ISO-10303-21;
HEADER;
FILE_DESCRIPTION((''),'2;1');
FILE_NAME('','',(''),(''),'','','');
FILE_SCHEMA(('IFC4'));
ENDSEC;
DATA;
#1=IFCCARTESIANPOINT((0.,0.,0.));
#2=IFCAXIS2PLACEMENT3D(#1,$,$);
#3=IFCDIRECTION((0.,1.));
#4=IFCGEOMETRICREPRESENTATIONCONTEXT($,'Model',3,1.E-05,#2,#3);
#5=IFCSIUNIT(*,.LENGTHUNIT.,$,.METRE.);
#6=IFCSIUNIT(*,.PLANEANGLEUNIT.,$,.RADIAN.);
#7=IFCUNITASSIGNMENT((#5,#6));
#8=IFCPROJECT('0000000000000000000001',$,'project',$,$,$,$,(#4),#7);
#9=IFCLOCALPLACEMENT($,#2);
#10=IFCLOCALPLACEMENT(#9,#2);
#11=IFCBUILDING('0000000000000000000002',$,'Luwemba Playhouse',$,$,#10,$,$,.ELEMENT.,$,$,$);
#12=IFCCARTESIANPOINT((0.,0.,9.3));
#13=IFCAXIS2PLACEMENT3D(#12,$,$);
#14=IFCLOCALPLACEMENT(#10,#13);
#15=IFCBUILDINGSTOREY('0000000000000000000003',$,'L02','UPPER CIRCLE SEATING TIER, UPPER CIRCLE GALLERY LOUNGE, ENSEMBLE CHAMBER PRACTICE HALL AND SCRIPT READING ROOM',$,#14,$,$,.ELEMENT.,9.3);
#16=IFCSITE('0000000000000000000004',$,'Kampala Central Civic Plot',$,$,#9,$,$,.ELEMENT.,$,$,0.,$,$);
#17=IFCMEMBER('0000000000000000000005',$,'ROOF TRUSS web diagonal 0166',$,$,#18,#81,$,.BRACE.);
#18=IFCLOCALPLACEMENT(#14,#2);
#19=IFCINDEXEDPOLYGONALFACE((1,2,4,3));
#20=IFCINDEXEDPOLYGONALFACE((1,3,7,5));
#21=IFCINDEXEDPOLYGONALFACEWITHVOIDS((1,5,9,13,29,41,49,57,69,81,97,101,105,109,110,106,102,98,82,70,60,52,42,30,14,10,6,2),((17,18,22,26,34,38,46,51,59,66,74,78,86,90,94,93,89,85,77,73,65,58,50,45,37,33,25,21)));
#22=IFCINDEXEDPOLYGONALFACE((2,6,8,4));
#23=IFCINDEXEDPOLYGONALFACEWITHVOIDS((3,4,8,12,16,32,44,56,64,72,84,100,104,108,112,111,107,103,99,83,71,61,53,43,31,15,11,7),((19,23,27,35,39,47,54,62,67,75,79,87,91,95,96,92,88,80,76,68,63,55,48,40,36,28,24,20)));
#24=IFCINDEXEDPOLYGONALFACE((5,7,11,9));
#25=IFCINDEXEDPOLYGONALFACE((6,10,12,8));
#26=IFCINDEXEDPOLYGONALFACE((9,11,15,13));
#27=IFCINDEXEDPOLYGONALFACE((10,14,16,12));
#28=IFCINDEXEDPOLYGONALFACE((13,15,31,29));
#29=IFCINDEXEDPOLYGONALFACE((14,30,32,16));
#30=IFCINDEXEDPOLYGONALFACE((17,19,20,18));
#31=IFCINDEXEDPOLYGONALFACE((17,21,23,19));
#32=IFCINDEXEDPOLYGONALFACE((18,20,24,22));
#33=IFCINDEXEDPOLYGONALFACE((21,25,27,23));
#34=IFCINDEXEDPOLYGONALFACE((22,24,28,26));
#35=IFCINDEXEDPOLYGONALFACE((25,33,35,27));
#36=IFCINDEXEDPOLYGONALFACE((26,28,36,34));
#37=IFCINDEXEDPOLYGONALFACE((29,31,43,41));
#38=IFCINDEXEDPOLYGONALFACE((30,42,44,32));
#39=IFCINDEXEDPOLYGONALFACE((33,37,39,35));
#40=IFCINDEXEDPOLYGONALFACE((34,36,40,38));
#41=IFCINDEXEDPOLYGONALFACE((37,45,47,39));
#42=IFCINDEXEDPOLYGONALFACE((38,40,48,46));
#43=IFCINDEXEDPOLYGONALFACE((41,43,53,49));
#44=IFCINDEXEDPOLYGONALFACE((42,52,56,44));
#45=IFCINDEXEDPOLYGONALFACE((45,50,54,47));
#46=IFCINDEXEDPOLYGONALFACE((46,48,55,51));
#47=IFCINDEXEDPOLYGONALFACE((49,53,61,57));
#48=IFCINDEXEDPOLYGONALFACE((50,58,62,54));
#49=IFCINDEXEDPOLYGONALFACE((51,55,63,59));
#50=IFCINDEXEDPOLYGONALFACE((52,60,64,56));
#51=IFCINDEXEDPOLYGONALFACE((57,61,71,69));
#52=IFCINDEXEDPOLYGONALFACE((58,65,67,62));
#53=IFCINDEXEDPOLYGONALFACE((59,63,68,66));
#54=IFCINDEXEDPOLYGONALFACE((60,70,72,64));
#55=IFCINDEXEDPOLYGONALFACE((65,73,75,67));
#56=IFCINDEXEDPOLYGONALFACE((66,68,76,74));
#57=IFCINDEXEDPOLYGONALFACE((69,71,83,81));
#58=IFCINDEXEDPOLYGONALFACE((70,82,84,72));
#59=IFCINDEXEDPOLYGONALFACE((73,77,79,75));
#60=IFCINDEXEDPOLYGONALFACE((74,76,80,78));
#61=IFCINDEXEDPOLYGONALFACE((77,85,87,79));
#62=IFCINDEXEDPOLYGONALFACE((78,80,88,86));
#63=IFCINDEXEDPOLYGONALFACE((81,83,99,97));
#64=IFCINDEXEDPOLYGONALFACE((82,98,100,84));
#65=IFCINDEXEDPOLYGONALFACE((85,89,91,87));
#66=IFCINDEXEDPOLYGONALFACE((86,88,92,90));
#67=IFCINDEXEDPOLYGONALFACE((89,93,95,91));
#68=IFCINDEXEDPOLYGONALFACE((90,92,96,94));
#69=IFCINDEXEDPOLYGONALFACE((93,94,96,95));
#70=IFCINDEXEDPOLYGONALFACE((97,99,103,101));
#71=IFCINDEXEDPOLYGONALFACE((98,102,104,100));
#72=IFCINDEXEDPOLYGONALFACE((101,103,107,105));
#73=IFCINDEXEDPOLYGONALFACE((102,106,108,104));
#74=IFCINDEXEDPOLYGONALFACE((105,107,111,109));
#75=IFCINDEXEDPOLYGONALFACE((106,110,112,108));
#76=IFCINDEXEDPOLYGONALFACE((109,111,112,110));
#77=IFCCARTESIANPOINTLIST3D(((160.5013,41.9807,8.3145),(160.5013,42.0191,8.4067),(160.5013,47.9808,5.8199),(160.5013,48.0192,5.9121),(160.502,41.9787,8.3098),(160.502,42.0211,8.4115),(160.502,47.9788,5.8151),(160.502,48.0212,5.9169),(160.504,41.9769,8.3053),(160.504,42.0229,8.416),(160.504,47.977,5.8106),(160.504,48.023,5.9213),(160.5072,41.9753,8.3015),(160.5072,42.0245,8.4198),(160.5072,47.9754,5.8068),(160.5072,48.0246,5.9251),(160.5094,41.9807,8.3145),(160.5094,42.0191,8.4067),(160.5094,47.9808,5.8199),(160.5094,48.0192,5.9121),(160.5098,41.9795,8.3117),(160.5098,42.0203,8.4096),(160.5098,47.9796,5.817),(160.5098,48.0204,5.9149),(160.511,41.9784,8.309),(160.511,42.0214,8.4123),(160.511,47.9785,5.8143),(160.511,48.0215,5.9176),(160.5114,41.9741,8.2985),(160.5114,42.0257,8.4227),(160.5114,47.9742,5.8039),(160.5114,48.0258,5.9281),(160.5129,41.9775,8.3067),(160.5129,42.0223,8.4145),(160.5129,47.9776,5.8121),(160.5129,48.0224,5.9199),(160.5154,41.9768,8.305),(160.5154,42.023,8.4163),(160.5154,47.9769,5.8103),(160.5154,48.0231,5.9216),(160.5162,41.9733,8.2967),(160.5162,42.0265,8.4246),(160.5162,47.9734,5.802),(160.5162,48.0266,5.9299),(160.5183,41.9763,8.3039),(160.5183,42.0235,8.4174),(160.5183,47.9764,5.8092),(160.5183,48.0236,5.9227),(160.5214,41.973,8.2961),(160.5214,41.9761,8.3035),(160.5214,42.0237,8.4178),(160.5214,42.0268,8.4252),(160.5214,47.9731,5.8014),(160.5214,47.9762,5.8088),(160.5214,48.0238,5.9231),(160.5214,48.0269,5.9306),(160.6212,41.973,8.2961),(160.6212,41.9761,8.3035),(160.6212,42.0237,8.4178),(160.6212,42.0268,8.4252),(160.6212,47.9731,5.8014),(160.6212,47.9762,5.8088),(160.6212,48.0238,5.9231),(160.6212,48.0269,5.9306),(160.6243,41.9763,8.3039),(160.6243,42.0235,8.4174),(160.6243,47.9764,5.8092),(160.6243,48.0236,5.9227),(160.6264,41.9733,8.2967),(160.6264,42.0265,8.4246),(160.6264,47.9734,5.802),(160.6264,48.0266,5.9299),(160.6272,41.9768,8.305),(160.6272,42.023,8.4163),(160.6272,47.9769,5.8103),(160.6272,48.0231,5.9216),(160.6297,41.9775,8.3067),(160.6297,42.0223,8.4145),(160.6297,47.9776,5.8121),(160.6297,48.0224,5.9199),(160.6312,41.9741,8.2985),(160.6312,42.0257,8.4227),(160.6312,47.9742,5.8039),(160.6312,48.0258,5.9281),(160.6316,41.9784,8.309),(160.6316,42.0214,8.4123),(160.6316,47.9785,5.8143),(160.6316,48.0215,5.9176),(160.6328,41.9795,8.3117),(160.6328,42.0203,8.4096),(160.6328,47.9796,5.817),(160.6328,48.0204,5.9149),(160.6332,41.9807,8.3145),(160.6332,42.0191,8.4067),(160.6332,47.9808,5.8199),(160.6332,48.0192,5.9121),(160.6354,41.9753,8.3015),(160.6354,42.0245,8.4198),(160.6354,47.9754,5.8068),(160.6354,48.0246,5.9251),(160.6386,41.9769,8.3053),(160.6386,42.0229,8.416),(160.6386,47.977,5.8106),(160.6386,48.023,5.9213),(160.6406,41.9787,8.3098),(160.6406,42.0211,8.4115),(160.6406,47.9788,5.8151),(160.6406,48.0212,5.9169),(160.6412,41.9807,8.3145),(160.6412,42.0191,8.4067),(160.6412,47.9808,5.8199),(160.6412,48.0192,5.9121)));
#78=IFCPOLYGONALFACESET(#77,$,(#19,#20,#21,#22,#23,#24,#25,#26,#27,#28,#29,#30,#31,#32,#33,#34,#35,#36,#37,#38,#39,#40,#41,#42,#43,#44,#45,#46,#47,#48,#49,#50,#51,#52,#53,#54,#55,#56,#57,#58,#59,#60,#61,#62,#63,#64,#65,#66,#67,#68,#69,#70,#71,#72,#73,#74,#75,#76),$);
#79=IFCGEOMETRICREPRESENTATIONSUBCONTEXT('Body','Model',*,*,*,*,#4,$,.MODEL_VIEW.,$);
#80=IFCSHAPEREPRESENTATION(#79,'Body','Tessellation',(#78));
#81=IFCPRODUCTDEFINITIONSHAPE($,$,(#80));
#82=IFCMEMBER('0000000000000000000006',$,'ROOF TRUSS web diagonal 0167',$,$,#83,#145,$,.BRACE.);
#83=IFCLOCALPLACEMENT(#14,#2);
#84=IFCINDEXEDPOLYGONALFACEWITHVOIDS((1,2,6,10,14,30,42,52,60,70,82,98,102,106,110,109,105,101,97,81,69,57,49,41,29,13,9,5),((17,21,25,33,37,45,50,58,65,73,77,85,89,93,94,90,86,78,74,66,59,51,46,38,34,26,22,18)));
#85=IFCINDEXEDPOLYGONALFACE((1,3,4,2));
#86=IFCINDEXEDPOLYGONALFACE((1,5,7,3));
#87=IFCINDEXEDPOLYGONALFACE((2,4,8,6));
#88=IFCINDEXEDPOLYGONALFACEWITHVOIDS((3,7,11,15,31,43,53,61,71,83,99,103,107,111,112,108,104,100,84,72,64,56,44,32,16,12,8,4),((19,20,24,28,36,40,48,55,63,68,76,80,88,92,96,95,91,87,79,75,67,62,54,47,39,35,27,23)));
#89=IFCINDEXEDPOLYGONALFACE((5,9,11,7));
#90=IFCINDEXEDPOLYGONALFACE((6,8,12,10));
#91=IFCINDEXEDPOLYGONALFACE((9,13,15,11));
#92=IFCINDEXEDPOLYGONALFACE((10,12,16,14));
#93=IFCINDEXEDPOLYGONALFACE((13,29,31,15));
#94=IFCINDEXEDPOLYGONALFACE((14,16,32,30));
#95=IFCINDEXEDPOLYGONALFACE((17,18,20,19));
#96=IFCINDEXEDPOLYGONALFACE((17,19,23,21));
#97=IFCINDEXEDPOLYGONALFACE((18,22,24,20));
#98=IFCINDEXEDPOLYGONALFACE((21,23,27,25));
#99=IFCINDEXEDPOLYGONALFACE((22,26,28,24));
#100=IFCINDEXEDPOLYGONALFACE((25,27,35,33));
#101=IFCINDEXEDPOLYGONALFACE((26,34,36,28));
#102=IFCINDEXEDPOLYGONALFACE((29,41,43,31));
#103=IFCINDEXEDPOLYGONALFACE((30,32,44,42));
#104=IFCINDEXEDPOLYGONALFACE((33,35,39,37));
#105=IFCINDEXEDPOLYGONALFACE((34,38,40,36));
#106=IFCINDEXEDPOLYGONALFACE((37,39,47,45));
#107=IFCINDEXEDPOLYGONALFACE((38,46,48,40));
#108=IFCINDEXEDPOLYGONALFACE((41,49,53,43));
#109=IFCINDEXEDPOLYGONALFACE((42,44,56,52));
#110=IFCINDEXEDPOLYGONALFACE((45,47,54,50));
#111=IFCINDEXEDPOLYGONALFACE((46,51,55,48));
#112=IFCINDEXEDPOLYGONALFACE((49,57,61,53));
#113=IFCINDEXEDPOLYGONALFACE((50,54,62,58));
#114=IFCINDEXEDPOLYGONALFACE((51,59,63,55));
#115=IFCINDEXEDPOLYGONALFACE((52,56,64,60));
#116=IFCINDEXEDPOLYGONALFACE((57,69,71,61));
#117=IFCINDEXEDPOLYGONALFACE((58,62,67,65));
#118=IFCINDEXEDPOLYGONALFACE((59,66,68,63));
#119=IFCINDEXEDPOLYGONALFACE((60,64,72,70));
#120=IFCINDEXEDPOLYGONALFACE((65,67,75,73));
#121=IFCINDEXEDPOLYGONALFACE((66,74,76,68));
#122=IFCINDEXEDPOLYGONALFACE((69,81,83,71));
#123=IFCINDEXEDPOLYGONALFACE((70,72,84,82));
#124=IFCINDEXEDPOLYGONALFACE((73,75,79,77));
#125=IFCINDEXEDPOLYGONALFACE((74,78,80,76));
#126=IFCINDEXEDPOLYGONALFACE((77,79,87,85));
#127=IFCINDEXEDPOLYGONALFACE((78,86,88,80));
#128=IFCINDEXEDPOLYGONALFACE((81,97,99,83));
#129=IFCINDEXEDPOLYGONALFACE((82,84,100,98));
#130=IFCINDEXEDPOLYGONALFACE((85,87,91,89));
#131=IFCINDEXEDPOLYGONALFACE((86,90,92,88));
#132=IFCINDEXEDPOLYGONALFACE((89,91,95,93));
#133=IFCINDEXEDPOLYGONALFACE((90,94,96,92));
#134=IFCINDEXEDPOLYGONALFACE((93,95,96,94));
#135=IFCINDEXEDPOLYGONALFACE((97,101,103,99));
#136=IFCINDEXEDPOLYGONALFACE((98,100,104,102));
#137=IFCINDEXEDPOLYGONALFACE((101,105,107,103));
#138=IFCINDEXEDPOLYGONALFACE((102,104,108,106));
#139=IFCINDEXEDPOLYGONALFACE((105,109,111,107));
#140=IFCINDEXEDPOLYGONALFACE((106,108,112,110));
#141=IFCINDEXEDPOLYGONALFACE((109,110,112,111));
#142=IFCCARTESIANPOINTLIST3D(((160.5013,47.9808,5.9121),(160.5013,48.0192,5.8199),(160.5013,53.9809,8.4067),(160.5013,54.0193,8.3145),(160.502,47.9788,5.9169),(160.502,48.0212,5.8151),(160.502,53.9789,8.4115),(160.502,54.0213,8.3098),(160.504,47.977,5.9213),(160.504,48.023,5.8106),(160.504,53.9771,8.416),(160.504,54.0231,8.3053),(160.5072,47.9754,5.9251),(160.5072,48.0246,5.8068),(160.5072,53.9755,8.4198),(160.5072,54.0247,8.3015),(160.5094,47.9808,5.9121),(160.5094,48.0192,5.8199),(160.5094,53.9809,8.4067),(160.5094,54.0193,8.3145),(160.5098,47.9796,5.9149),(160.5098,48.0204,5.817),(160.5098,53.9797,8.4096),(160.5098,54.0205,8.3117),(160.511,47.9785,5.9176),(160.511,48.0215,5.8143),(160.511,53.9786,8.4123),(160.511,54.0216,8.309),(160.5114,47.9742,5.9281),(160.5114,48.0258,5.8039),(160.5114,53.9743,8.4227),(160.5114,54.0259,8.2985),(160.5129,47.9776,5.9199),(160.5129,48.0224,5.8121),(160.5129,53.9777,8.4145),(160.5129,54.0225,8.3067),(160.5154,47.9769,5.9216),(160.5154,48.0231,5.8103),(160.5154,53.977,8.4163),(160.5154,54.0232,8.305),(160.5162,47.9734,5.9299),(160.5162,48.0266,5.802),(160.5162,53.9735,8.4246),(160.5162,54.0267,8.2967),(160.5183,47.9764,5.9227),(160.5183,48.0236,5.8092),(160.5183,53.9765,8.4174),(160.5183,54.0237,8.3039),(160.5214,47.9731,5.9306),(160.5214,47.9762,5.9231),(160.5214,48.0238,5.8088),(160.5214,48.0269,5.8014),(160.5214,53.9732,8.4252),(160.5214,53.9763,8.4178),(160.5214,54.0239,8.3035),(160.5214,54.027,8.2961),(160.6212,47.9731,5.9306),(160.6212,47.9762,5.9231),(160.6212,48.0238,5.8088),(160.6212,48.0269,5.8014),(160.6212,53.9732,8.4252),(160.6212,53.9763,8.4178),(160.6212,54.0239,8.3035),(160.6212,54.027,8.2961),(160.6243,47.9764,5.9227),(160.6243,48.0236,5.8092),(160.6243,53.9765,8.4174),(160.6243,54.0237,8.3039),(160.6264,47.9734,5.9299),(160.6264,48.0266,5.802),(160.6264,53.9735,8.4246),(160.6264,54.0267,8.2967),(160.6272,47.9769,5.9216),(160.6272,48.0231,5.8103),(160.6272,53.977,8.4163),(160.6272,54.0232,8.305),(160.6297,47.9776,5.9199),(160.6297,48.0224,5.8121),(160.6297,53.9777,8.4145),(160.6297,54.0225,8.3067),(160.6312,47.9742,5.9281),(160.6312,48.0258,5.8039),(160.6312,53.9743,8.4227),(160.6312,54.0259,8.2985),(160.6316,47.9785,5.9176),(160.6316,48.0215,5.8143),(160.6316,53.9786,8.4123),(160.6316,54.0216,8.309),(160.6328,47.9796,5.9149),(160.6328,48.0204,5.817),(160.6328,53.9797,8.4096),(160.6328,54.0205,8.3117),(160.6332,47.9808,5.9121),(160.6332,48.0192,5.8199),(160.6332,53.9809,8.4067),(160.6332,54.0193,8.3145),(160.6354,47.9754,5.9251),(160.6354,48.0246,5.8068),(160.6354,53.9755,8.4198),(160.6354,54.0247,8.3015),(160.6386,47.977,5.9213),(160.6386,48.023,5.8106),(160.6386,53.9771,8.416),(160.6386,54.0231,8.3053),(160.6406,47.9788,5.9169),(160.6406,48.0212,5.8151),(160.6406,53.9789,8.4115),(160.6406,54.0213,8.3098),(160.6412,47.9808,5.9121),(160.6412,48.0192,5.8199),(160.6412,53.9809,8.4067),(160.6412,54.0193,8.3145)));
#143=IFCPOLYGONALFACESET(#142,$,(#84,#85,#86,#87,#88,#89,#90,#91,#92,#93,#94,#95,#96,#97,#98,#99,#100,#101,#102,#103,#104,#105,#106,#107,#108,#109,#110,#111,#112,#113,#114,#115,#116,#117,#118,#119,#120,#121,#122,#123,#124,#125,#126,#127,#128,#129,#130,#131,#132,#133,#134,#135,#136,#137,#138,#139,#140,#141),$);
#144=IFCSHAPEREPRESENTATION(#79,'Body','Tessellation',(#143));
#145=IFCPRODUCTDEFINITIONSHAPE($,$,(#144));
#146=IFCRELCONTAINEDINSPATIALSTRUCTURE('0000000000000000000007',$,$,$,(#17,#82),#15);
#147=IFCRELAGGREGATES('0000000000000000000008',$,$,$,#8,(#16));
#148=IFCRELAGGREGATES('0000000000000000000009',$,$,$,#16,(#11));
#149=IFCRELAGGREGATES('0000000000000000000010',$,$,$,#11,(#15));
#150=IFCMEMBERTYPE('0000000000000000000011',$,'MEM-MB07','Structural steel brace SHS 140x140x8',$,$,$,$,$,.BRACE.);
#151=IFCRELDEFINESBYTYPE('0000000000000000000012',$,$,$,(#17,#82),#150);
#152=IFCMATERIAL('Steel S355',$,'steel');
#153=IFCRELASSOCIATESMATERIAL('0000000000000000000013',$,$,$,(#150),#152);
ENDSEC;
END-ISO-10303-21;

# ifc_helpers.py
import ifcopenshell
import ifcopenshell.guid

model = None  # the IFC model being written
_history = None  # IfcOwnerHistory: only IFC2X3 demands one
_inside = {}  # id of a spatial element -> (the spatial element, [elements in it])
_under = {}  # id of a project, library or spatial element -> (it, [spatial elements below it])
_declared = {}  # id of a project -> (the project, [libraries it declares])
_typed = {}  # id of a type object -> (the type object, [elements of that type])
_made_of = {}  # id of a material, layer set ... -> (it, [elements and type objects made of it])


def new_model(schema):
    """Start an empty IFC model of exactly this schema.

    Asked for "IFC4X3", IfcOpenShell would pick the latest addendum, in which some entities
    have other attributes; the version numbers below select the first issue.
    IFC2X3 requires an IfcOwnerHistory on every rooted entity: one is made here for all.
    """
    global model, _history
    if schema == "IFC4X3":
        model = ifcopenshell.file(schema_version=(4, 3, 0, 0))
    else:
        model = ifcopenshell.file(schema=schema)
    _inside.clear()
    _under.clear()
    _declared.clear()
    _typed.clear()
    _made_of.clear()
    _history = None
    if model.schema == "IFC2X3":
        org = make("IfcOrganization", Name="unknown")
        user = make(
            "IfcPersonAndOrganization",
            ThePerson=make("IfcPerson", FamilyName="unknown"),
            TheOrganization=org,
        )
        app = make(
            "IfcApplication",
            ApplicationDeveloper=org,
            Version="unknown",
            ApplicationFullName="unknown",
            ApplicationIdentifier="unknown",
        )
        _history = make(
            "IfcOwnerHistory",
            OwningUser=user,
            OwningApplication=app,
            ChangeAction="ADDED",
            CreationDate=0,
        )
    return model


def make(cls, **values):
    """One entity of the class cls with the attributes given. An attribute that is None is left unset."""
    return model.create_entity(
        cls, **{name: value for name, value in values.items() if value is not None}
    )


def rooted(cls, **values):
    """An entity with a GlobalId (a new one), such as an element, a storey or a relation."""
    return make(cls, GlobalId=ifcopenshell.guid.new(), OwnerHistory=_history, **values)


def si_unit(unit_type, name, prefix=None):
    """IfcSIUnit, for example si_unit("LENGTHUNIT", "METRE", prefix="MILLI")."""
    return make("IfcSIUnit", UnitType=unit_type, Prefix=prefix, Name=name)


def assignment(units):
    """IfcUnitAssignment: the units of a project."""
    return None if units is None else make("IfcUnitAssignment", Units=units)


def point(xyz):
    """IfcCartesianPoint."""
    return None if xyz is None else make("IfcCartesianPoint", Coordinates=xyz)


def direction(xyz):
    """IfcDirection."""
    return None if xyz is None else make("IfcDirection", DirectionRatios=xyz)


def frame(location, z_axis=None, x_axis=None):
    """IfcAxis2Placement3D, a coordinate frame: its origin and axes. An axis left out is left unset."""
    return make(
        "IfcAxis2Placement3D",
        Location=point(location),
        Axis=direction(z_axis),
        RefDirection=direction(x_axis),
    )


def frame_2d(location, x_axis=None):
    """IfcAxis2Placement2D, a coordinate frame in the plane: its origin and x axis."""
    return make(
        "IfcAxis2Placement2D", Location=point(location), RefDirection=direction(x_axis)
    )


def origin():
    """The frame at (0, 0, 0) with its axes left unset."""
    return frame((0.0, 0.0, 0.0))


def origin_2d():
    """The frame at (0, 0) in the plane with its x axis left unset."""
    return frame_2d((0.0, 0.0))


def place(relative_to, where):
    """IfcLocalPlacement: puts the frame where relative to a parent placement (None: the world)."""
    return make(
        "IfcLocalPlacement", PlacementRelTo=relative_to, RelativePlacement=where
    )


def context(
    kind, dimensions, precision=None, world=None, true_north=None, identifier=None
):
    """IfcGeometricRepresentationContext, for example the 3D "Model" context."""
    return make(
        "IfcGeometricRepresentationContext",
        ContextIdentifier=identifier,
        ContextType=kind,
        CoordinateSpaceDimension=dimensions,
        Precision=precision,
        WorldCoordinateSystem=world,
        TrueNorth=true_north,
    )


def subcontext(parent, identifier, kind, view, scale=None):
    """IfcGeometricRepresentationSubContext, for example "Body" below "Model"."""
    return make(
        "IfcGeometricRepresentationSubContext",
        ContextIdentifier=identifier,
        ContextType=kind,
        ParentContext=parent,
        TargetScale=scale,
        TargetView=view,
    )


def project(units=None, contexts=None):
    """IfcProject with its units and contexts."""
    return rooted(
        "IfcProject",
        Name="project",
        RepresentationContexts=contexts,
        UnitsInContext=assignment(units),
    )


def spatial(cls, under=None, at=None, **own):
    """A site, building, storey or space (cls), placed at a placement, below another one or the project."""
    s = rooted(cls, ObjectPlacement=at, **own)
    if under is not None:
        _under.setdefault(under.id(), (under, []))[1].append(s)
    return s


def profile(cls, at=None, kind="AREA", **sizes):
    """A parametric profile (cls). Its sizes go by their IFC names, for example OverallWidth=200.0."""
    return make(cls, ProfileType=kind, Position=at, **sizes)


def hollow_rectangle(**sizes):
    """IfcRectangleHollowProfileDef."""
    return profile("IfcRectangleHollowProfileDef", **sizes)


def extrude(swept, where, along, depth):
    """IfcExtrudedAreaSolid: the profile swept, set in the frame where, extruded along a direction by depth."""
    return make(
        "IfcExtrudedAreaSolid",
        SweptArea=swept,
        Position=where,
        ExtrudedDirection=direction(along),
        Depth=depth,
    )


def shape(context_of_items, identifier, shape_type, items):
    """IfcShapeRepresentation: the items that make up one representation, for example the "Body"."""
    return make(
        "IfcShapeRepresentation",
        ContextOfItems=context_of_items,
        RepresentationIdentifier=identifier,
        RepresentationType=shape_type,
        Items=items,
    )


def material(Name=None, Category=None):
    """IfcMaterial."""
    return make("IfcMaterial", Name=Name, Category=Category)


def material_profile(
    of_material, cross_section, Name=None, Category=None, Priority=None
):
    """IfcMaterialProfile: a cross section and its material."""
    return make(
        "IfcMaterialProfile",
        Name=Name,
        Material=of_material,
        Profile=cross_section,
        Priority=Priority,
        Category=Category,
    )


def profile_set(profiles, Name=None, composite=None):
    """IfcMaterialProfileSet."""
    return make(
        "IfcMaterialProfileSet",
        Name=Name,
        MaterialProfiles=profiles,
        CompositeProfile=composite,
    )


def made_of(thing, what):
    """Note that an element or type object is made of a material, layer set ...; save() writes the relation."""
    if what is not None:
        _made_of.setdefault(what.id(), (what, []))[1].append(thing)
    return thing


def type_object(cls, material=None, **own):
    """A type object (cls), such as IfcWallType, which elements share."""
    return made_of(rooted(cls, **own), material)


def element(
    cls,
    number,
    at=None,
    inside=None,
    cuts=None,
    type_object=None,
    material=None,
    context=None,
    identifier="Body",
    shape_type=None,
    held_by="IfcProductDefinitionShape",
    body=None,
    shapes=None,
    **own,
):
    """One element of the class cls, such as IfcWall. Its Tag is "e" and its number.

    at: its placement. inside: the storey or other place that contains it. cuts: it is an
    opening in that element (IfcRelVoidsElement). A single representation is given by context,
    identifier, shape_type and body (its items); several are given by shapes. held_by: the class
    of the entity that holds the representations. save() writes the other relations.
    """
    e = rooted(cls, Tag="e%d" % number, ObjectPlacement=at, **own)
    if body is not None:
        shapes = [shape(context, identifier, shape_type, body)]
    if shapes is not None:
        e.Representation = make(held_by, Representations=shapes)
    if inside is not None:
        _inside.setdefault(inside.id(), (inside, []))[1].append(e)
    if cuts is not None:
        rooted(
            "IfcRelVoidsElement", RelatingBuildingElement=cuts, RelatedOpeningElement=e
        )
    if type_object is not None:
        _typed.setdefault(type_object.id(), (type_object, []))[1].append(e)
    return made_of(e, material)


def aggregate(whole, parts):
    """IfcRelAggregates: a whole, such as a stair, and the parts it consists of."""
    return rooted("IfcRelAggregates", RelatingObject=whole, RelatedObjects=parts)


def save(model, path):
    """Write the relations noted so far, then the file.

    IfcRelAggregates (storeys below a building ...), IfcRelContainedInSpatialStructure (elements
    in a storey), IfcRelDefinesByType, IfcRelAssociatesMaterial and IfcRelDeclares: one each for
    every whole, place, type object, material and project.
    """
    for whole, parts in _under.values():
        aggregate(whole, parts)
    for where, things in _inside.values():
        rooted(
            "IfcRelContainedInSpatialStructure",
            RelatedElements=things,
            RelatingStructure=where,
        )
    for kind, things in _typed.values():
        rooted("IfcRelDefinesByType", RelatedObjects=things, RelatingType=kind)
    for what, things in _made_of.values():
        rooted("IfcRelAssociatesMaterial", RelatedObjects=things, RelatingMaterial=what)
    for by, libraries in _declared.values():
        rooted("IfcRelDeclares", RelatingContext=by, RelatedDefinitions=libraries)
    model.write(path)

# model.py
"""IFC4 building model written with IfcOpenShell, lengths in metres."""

from ifc_helpers import new_model, si_unit, direction, frame, origin, origin_2d, place, context, subcontext, project, spatial, hollow_rectangle, extrude, material, material_profile, profile_set, type_object, element, save


model = new_model("IFC4")

# Units and contexts
model_context = context("Model", 3, precision=1e-05, world=origin(), true_north=direction((0.0, 1.0)))
body_context = subcontext(model_context, "Body", "Model", "MODEL_VIEW")
ifc_project = project(units=[si_unit("LENGTHUNIT", "METRE"), si_unit("PLANEANGLEUNIT", "RADIAN")], contexts=[model_context])

# Site, building, storey
site_placement = place(None, origin())
site = spatial("IfcSite", under=ifc_project, at=site_placement, Name="Kampala Central Civic Plot", CompositionType="ELEMENT", RefElevation=0.0)
building_placement = place(site_placement, origin())
building = spatial("IfcBuilding", under=site, at=building_placement, Name="Luwemba Playhouse", CompositionType="ELEMENT")
storey_placement = place(building_placement, frame((0.0, 0.0, 9.3)))
storey = spatial("IfcBuildingStorey", under=building, at=storey_placement, Name="L02", Description="UPPER CIRCLE SEATING TIER, UPPER CIRCLE GALLERY LOUNGE, ENSEMBLE CHAMBER PRACTICE HALL AND SCRIPT READING ROOM", CompositionType="ELEMENT", Elevation=9.3)

# Shared definitions
ifc_material_1 = material(Name="Steel S355", Category="steel")

# Members
ifc_material_profile_1 = material_profile(ifc_material_1, hollow_rectangle(XDim=0.1399, YDim=0.1399, WallThickness=0.0081, InnerFilletRadius=0.012, OuterFilletRadius=0.02, at=origin_2d()))
ifc_profile_set_1 = profile_set([ifc_material_profile_1], Name="Steel S355")
member_type_1 = type_object("IfcMemberType", Name="MEM-MB07", Description="Structural steel brace SHS 140x140x8", PredefinedType="BRACE", material=ifc_profile_set_1)
for number, where, z_axis, x_axis, name in (
    (1, (160.5713, 48.0, 5.866), (0.0, -0.92337, 0.383911), (1.0, 0.0, 0.0), "ROOF TRUSS web diagonal 0166"),
    (2, (160.5713, 48.0, 5.866), (0.0, 0.92337, 0.383911), (-1.0, 0.0, 0.0), "ROOF TRUSS web diagonal 0167"),
):
    element("IfcMember", number, at=place(storey_placement, frame(where, z_axis=z_axis, x_axis=x_axis)), inside=storey, type_object=member_type_1, Name=name, PredefinedType="BRACE", context=body_context, shape_type="SweptSolid", body=[
        extrude(hollow_rectangle(XDim=0.1399, YDim=0.1399, WallThickness=0.0081, InnerFilletRadius=0.012, OuterFilletRadius=0.02, at=origin_2d()), origin(), (0.0, 0.0, 1.0), 6.498),
    ])

save(model, "model.ifc")
